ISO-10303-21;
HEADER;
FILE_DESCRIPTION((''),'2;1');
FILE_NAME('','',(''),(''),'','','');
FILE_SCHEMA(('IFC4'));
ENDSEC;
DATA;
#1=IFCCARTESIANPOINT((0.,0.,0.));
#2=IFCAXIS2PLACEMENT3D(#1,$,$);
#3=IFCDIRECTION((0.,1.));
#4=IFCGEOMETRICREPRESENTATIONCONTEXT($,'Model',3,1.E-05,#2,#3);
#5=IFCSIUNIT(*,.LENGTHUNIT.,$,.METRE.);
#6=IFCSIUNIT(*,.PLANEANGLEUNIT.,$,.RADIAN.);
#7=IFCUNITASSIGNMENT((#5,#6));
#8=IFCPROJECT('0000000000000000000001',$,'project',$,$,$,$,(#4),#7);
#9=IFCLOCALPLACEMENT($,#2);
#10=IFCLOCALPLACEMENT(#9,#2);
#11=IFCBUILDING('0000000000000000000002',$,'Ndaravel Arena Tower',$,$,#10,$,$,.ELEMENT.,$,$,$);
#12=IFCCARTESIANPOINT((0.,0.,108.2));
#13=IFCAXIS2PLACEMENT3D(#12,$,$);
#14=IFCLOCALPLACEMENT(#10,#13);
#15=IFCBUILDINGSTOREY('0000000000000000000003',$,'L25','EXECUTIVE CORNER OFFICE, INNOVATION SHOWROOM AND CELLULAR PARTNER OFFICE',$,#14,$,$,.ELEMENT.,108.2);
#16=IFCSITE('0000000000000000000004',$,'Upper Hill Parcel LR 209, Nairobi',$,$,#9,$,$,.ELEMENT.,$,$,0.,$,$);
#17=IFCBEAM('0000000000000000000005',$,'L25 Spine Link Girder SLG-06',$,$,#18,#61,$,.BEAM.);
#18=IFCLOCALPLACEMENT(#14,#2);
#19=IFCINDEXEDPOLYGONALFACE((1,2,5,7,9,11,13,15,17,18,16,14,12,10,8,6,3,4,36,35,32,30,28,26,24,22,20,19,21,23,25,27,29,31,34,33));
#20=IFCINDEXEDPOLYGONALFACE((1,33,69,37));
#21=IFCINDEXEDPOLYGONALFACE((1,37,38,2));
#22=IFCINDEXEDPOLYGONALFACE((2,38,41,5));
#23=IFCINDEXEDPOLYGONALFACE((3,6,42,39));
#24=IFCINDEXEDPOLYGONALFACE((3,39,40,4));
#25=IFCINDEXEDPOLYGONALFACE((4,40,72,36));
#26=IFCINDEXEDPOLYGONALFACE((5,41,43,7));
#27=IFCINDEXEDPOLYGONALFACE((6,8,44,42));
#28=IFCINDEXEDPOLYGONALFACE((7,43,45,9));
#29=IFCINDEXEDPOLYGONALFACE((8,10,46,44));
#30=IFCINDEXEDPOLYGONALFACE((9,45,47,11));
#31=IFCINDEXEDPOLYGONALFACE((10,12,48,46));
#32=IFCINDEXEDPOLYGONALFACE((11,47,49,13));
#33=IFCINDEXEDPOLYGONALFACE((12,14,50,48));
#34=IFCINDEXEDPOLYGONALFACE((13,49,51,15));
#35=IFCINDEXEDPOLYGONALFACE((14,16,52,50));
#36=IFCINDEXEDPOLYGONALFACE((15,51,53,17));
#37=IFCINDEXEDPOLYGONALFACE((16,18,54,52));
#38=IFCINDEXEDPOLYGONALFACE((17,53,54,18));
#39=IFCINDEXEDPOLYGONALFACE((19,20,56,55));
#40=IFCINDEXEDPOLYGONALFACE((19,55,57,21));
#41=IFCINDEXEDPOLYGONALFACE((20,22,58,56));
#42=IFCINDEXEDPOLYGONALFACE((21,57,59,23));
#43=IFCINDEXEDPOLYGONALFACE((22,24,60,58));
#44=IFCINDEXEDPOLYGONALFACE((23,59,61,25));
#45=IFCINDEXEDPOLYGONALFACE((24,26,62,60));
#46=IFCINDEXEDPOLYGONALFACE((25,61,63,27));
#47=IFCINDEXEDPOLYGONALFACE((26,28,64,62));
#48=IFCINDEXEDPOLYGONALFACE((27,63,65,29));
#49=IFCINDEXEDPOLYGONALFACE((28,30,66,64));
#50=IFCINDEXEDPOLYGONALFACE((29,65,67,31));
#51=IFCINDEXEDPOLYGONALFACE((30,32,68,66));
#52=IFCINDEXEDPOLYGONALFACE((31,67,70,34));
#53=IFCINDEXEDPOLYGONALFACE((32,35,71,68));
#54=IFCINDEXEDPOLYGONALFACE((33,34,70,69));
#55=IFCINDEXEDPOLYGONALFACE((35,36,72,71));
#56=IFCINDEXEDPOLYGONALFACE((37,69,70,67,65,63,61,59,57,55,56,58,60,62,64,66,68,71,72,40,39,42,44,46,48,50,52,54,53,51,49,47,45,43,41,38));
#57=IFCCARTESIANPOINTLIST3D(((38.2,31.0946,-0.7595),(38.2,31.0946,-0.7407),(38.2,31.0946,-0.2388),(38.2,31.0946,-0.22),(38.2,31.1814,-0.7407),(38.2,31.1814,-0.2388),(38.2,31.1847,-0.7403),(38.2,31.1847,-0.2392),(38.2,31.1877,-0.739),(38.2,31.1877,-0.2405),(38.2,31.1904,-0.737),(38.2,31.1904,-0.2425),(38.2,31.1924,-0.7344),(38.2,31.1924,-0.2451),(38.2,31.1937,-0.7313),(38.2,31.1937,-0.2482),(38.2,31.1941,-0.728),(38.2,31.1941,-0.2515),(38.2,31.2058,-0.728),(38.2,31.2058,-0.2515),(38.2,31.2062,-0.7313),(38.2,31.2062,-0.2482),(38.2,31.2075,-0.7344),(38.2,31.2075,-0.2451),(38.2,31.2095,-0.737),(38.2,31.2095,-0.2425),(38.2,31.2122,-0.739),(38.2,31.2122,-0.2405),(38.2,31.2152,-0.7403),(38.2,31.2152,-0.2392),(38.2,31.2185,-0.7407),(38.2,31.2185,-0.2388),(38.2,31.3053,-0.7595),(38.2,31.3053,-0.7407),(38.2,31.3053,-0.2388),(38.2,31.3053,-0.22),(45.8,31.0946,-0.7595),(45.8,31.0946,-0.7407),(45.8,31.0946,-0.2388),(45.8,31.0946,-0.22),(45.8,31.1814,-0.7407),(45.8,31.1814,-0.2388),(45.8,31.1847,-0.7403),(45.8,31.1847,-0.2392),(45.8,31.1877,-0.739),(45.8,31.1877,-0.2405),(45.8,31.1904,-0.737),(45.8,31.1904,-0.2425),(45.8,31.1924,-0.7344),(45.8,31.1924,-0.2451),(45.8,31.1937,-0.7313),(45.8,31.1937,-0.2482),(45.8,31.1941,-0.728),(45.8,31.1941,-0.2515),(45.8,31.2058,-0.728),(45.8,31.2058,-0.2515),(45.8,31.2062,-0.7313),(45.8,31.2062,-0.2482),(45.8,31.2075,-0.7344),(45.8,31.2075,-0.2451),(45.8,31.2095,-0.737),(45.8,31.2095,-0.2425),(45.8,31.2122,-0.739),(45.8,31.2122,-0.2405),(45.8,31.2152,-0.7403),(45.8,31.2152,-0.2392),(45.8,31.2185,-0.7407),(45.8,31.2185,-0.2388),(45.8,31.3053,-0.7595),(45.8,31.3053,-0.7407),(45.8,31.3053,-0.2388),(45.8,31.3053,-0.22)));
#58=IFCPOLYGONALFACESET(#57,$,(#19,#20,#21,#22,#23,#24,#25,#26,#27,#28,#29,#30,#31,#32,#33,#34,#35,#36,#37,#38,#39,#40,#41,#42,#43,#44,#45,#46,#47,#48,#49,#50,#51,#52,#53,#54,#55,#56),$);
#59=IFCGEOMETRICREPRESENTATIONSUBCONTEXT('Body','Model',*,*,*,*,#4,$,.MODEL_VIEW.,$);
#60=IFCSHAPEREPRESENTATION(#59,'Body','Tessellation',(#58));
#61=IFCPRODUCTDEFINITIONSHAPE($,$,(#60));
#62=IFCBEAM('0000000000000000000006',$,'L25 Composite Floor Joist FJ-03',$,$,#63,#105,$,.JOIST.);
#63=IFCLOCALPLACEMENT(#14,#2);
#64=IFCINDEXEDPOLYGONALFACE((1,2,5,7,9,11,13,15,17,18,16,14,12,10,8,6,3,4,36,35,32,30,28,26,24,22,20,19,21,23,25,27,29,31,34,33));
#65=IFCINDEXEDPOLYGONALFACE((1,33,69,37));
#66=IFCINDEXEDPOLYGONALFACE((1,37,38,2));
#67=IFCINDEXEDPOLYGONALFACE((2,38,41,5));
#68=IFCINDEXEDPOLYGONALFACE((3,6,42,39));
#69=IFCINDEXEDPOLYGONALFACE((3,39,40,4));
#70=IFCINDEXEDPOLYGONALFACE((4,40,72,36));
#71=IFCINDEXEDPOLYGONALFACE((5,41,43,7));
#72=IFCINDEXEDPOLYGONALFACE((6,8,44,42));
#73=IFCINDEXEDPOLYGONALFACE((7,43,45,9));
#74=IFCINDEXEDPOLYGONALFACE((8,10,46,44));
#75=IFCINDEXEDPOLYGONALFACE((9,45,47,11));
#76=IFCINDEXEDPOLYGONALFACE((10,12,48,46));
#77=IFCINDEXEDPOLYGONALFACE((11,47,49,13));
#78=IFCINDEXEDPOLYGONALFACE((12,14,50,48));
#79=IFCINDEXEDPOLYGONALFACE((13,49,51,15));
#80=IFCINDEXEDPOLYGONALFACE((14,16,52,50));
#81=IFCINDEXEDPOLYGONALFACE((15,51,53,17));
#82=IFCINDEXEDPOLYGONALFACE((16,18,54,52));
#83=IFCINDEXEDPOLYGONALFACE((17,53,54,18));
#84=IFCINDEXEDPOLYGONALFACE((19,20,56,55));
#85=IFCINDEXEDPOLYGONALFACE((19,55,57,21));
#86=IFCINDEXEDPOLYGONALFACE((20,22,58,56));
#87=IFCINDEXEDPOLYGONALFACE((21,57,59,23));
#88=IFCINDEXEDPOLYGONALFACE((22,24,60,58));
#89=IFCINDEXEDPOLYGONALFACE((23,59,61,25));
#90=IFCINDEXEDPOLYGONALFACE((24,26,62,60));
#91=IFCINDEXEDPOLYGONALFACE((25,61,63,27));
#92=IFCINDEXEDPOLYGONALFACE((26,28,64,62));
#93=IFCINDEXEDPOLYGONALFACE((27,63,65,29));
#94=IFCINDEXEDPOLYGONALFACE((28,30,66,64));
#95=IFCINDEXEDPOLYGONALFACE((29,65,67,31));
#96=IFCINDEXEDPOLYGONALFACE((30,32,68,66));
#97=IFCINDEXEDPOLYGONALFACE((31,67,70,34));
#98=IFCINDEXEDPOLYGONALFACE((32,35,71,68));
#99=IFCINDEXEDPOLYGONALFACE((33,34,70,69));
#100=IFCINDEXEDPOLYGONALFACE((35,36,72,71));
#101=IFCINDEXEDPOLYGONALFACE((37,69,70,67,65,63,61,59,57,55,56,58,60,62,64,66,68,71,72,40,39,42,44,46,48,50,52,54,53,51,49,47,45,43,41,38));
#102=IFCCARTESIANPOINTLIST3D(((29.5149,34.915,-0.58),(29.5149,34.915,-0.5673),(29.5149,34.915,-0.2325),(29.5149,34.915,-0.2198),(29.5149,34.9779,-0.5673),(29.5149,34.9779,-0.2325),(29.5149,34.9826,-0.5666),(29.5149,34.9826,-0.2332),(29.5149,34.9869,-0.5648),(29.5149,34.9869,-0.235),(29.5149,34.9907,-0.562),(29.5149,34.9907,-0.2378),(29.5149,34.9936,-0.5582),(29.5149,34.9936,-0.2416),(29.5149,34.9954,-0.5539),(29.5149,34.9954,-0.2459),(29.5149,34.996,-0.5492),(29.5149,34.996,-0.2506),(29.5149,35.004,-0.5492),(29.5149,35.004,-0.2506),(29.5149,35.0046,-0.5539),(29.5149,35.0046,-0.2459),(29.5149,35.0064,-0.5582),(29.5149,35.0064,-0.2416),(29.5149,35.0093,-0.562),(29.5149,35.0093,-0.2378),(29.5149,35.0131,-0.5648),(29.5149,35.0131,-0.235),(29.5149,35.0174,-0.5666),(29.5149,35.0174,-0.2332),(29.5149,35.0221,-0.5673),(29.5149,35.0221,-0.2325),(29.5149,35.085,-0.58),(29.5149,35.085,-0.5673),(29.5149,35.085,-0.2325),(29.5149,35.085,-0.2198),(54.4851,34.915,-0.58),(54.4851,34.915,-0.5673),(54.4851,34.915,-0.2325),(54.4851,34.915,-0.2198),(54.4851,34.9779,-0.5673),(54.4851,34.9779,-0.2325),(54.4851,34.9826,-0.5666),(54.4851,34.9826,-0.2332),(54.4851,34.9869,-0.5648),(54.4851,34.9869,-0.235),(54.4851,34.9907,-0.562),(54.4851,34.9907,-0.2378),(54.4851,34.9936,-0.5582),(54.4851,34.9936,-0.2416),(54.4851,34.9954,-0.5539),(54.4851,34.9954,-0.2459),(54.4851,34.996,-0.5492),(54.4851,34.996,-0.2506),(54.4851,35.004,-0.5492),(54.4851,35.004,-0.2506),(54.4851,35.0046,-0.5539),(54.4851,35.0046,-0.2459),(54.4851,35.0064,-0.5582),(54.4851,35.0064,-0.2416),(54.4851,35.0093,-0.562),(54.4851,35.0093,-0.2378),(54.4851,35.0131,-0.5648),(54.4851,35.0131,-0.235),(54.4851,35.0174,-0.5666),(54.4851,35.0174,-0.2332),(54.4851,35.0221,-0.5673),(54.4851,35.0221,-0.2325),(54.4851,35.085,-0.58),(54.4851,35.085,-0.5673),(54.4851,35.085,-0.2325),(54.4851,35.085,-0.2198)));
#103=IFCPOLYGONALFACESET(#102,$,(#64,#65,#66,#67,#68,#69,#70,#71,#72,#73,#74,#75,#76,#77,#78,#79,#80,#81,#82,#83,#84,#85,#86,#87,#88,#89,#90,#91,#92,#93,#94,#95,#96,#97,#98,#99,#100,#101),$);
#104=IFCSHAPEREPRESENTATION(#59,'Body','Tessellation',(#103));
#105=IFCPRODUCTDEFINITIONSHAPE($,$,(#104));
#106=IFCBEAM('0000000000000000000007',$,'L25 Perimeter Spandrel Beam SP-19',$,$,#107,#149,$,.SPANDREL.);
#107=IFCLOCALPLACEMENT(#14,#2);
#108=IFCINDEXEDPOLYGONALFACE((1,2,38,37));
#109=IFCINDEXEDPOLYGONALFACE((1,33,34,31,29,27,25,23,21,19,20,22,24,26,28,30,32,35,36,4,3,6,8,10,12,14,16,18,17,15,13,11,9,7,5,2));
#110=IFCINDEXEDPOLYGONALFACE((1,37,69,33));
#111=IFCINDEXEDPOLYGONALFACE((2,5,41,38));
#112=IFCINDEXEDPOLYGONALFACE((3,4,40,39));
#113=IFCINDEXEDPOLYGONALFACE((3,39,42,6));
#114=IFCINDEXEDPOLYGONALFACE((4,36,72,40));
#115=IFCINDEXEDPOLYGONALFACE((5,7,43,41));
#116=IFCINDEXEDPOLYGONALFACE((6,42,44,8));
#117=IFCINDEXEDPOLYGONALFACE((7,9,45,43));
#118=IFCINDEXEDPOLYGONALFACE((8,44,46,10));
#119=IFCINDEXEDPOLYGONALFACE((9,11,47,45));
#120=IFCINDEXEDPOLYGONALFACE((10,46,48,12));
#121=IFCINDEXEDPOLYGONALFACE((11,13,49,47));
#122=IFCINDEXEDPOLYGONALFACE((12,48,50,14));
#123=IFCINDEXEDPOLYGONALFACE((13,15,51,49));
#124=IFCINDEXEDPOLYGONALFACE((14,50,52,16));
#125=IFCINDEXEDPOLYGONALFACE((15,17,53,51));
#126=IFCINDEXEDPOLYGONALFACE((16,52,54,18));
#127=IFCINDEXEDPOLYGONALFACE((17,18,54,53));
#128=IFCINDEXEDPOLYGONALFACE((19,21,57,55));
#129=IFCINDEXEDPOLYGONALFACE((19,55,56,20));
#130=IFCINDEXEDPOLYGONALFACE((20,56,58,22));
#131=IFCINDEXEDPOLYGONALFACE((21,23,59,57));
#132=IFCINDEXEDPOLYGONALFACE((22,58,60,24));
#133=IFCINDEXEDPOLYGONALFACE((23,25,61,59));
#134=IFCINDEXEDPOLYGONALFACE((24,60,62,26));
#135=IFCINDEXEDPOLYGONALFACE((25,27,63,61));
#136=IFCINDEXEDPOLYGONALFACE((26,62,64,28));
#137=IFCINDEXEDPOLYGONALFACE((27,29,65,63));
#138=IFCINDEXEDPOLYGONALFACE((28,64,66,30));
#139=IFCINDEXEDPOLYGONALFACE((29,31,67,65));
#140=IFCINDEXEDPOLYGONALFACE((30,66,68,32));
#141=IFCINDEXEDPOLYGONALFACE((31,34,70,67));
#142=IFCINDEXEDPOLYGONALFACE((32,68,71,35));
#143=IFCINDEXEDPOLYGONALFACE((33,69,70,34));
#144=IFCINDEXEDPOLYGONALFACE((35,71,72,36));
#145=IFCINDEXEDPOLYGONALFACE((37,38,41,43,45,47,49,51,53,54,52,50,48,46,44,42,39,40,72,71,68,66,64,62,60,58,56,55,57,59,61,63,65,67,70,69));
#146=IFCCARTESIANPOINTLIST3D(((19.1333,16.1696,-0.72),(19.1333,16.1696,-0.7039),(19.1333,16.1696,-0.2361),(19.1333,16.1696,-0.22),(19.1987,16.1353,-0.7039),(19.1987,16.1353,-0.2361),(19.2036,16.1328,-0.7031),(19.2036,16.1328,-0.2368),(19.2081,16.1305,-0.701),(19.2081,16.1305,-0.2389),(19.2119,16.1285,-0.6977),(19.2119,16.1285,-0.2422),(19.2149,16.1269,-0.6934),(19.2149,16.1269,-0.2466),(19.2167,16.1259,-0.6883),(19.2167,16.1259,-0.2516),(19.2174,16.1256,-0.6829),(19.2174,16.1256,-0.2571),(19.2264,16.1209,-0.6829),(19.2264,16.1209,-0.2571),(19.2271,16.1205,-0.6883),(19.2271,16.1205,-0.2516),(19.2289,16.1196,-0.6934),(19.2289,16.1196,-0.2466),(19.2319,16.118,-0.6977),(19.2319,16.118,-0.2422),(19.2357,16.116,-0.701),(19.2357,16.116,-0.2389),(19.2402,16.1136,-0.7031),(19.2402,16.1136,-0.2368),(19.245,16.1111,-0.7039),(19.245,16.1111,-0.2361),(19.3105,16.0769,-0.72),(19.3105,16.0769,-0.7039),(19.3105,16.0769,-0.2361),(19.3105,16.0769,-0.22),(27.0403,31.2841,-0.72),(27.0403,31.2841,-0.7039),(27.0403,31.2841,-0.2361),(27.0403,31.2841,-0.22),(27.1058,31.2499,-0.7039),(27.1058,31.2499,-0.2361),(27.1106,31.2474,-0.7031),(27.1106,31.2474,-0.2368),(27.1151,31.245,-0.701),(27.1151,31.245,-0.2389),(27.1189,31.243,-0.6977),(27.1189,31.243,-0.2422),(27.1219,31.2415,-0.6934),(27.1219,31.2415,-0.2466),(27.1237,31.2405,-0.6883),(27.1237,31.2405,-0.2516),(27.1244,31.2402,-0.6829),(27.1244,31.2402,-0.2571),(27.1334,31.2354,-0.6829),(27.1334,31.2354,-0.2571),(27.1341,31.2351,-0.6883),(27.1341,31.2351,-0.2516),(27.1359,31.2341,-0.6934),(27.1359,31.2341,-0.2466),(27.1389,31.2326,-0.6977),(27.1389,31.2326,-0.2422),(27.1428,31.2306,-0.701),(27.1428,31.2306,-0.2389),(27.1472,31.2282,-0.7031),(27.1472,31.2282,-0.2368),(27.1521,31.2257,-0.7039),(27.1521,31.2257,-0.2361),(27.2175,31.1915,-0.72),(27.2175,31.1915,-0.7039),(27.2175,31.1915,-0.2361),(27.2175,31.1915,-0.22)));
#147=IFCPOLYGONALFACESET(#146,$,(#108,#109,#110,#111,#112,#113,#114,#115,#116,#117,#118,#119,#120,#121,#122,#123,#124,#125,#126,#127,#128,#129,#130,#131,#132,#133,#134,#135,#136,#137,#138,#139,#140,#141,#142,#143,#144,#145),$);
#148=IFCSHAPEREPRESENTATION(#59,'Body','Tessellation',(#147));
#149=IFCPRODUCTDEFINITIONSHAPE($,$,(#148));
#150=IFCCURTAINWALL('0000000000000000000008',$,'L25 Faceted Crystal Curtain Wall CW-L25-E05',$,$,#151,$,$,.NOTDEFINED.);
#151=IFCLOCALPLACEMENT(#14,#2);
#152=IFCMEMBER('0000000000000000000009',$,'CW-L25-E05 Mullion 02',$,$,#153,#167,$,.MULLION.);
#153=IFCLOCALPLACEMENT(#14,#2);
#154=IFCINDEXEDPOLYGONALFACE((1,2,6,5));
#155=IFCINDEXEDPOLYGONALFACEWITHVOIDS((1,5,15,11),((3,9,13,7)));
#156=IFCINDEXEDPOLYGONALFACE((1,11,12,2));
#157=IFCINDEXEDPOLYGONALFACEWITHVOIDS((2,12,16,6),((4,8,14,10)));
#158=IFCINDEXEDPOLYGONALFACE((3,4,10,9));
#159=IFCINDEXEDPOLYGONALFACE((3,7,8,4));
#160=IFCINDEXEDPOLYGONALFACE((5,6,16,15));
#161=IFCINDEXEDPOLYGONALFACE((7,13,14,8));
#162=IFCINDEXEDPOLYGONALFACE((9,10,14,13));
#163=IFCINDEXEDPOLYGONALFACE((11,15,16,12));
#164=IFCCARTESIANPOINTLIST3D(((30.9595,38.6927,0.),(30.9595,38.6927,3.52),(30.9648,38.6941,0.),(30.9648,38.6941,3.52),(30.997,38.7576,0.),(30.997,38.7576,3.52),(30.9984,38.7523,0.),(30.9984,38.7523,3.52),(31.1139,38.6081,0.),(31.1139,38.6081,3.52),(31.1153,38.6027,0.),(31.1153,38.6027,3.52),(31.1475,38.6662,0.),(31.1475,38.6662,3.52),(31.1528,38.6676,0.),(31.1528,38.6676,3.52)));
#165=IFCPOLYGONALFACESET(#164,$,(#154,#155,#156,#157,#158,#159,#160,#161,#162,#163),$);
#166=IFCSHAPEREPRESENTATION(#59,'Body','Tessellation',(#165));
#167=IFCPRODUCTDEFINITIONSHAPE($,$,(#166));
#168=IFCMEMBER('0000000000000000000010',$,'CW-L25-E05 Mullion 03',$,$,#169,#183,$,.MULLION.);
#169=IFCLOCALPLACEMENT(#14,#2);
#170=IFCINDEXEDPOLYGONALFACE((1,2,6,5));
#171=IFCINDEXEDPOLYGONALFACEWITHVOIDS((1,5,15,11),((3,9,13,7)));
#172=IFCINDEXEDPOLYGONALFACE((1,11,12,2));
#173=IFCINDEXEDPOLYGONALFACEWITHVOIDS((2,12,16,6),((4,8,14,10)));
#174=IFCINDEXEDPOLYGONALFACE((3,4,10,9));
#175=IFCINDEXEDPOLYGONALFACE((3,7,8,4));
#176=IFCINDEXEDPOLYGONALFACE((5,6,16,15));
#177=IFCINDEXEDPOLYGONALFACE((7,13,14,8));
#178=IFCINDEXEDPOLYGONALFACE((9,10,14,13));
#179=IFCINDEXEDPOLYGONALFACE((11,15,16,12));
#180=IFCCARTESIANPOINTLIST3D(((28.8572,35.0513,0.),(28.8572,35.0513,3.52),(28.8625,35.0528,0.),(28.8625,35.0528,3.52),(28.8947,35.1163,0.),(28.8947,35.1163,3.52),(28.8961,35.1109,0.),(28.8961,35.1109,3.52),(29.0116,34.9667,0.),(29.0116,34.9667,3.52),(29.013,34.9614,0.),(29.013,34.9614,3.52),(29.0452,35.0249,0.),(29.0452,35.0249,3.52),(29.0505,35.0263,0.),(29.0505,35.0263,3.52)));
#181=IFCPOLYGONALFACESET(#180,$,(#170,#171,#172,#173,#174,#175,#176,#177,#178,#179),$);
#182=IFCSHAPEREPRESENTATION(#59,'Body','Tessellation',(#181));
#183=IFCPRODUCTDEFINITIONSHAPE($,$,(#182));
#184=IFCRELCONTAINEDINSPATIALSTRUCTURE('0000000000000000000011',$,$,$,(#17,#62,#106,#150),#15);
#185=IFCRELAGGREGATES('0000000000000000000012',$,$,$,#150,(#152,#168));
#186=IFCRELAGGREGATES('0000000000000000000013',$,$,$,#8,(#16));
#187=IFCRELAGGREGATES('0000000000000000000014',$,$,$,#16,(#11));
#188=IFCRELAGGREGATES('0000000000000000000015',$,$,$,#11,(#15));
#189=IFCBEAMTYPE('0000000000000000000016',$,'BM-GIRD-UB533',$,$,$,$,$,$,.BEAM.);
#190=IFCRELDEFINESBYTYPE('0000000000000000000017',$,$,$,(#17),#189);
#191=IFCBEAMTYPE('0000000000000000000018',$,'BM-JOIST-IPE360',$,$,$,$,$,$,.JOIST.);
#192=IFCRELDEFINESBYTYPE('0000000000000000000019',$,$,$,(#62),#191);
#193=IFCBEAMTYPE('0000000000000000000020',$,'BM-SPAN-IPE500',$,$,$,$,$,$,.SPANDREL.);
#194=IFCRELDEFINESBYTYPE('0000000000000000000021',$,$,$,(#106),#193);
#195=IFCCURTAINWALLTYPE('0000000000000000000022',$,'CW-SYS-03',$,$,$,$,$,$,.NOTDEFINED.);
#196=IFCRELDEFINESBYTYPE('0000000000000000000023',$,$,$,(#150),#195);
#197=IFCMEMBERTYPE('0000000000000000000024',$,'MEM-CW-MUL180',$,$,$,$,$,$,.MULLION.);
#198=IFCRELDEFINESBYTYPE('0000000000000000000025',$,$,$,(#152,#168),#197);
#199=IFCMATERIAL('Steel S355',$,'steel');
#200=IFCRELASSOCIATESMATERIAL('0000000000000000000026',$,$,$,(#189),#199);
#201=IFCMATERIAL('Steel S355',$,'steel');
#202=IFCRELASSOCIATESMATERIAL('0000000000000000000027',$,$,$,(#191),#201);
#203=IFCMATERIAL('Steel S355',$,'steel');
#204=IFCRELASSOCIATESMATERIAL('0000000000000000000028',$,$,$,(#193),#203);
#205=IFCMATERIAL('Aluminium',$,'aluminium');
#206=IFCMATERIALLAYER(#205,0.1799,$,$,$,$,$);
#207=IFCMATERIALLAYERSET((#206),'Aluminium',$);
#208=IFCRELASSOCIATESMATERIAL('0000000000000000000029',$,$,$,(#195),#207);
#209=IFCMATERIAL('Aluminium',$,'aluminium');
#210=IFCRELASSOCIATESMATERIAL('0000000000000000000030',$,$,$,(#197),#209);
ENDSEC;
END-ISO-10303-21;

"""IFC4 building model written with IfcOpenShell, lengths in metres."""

from ifc_helpers import new_model, si_unit, direction, frame, origin, origin_2d, place, context, subcontext, project, spatial, hollow_rectangle, i_section, extrude, material, layer, layer_set, material_profile, profile_set, type_object, element, aggregate, save


model = new_model("IFC4")

# Units and contexts
model_context = context("Model", 3, precision=1e-05, world=origin(), true_north=direction((0.0, 1.0)))
body_context = subcontext(model_context, "Body", "Model", "MODEL_VIEW")
ifc_project = project(units=[si_unit("LENGTHUNIT", "METRE"), si_unit("PLANEANGLEUNIT", "RADIAN")], contexts=[model_context])

# Site, building, storey
site_placement = place(None, origin())
site = spatial("IfcSite", under=ifc_project, at=site_placement, Name="Upper Hill Parcel LR 209, Nairobi", CompositionType="ELEMENT", RefElevation=0.0)
building_placement = place(site_placement, origin())
building = spatial("IfcBuilding", under=site, at=building_placement, Name="Ndaravel Arena Tower", CompositionType="ELEMENT")
storey_placement = place(building_placement, frame((0.0, 0.0, 108.2)))
storey = spatial("IfcBuildingStorey", under=building, at=storey_placement, Name="L25", Description="EXECUTIVE CORNER OFFICE, INNOVATION SHOWROOM AND CELLULAR PARTNER OFFICE", CompositionType="ELEMENT", Elevation=108.2)

# Beams
ifc_material_1 = material(Name="Steel S355", Category="steel")
ifc_material_profile_1 = material_profile(ifc_material_1, i_section(OverallWidth=0.2107, OverallDepth=0.5396, WebThickness=0.0117, FlangeThickness=0.0188, FilletRadius=0.0127, at=origin_2d()), Name="UB 533x210x109")
ifc_profile_set_1 = profile_set([ifc_material_profile_1], Name="Steel S355")
beam_type_1 = type_object("IfcBeamType", Name="BM-GIRD-UB533", PredefinedType="BEAM", material=ifc_profile_set_1)
beam_1_placement = place(storey_placement, frame((38.2, 31.2, -0.4897), z_axis=(1.0, 0.0, 0.0), x_axis=(0.0, 1.0, 0.0)))
element("IfcBeam", 1, at=beam_1_placement, inside=storey, type_object=beam_type_1, Name="L25 Spine Link Girder SLG-06", PredefinedType="BEAM", context=body_context, shape_type="SweptSolid", body=[
    extrude(i_section(OverallWidth=0.2107, OverallDepth=0.5396, WebThickness=0.0117, FlangeThickness=0.0188, FilletRadius=0.0127, at=origin_2d()), origin(), (0.0, 0.0, 1.0), 7.6001),
])
ifc_material_2 = material(Name="Steel S355", Category="steel")
ifc_material_profile_2 = material_profile(ifc_material_2, i_section(OverallWidth=0.1699, OverallDepth=0.3601, WebThickness=0.0081, FlangeThickness=0.0127, FilletRadius=0.0181, at=origin_2d()), Name="IPE 360")
ifc_profile_set_2 = profile_set([ifc_material_profile_2], Name="Steel S355")
beam_type_2 = type_object("IfcBeamType", Name="BM-JOIST-IPE360", PredefinedType="JOIST", material=ifc_profile_set_2)
beam_2_placement = place(storey_placement, frame((29.5149, 35.0, -0.3999), z_axis=(1.0, 0.0, 0.0), x_axis=(0.0, 1.0, 0.0)))
element("IfcBeam", 2, at=beam_2_placement, inside=storey, type_object=beam_type_2, Name="L25 Composite Floor Joist FJ-03", PredefinedType="JOIST", context=body_context, shape_type="SweptSolid", body=[
    extrude(i_section(OverallWidth=0.1699, OverallDepth=0.3601, WebThickness=0.0081, FlangeThickness=0.0127, FilletRadius=0.0181, at=origin_2d()), origin(), (0.0, 0.0, 1.0), 24.9702),
])
ifc_material_3 = material(Name="Steel S355", Category="steel")
ifc_material_profile_3 = material_profile(ifc_material_3, i_section(OverallWidth=0.2, OverallDepth=0.5, WebThickness=0.0103, FlangeThickness=0.0161, FilletRadius=0.021, at=origin_2d()), Name="IPE 500")
ifc_profile_set_3 = profile_set([ifc_material_profile_3], Name="Steel S355")
beam_type_3 = type_object("IfcBeamType", Name="BM-SPAN-IPE500", PredefinedType="SPANDREL", material=ifc_profile_set_3)
beam_3_placement = place(storey_placement, frame((27.1289, 31.2378, -0.47), z_axis=(-0.463541, -0.886076, 0.0), x_axis=(0.886076, -0.463541, 0.0)))
element("IfcBeam", 3, at=beam_3_placement, inside=storey, type_object=beam_type_3, Name="L25 Perimeter Spandrel Beam SP-19", PredefinedType="SPANDREL", context=body_context, shape_type="SweptSolid", body=[
    extrude(i_section(OverallWidth=0.2, OverallDepth=0.5, WebThickness=0.0103, FlangeThickness=0.0161, FilletRadius=0.021, at=origin_2d()), origin(), (0.0, 0.0, 1.0), 17.0579),
])

# Curtain wall, members
ifc_material_4 = material(Name="Aluminium", Category="aluminium")
ifc_layer_1 = layer(ifc_material_4, 0.1799)
ifc_layer_set_1 = layer_set([ifc_layer_1], Name="Aluminium")
curtain_wall_type = type_object("IfcCurtainWallType", Name="CW-SYS-03", PredefinedType="NOTDEFINED", material=ifc_layer_set_1)
curtain_wall_placement = place(storey_placement, origin())
curtain_wall = element("IfcCurtainWall", 4, at=curtain_wall_placement, inside=storey, type_object=curtain_wall_type, Name="L25 Faceted Crystal Curtain Wall CW-L25-E05", PredefinedType="NOTDEFINED")
ifc_material_5 = material(Name="Aluminium", Category="aluminium")
ifc_material_profile_4 = material_profile(ifc_material_5, hollow_rectangle(XDim=0.075, YDim=0.1799, WallThickness=0.0039, at=origin_2d()), Name="CW MULLION 75x180x4")
ifc_profile_set_4 = profile_set([ifc_material_profile_4], Name="Aluminium")
member_type = type_object("IfcMemberType", Name="MEM-CW-MUL180", PredefinedType="MULLION", material=ifc_profile_set_4)
member_1_placement = place(storey_placement, frame((31.0562, 38.6802, 0.0), z_axis=(0.0, 0.0, 1.0), x_axis=(-0.5, -0.866025, 0.0)))
member_1 = element("IfcMember", 5, at=member_1_placement, type_object=member_type, Name="CW-L25-E05 Mullion 02", PredefinedType="MULLION", context=body_context, shape_type="SweptSolid", body=[
    extrude(hollow_rectangle(XDim=0.075, YDim=0.1799, WallThickness=0.0039, at=origin_2d()), origin(), (0.0, 0.0, 1.0), 3.52),
])
member_2_placement = place(storey_placement, frame((28.9539, 35.0388, 0.0), z_axis=(0.0, 0.0, 1.0), x_axis=(-0.5, -0.866025, 0.0)))
member_2 = element("IfcMember", 6, at=member_2_placement, type_object=member_type, Name="CW-L25-E05 Mullion 03", PredefinedType="MULLION", context=body_context, shape_type="SweptSolid", body=[
    extrude(hollow_rectangle(XDim=0.075, YDim=0.1799, WallThickness=0.0039, at=origin_2d()), origin(), (0.0, 0.0, 1.0), 3.52),
])
aggregate(curtain_wall, [member_1, member_2])

save(model, "model.ifc")
